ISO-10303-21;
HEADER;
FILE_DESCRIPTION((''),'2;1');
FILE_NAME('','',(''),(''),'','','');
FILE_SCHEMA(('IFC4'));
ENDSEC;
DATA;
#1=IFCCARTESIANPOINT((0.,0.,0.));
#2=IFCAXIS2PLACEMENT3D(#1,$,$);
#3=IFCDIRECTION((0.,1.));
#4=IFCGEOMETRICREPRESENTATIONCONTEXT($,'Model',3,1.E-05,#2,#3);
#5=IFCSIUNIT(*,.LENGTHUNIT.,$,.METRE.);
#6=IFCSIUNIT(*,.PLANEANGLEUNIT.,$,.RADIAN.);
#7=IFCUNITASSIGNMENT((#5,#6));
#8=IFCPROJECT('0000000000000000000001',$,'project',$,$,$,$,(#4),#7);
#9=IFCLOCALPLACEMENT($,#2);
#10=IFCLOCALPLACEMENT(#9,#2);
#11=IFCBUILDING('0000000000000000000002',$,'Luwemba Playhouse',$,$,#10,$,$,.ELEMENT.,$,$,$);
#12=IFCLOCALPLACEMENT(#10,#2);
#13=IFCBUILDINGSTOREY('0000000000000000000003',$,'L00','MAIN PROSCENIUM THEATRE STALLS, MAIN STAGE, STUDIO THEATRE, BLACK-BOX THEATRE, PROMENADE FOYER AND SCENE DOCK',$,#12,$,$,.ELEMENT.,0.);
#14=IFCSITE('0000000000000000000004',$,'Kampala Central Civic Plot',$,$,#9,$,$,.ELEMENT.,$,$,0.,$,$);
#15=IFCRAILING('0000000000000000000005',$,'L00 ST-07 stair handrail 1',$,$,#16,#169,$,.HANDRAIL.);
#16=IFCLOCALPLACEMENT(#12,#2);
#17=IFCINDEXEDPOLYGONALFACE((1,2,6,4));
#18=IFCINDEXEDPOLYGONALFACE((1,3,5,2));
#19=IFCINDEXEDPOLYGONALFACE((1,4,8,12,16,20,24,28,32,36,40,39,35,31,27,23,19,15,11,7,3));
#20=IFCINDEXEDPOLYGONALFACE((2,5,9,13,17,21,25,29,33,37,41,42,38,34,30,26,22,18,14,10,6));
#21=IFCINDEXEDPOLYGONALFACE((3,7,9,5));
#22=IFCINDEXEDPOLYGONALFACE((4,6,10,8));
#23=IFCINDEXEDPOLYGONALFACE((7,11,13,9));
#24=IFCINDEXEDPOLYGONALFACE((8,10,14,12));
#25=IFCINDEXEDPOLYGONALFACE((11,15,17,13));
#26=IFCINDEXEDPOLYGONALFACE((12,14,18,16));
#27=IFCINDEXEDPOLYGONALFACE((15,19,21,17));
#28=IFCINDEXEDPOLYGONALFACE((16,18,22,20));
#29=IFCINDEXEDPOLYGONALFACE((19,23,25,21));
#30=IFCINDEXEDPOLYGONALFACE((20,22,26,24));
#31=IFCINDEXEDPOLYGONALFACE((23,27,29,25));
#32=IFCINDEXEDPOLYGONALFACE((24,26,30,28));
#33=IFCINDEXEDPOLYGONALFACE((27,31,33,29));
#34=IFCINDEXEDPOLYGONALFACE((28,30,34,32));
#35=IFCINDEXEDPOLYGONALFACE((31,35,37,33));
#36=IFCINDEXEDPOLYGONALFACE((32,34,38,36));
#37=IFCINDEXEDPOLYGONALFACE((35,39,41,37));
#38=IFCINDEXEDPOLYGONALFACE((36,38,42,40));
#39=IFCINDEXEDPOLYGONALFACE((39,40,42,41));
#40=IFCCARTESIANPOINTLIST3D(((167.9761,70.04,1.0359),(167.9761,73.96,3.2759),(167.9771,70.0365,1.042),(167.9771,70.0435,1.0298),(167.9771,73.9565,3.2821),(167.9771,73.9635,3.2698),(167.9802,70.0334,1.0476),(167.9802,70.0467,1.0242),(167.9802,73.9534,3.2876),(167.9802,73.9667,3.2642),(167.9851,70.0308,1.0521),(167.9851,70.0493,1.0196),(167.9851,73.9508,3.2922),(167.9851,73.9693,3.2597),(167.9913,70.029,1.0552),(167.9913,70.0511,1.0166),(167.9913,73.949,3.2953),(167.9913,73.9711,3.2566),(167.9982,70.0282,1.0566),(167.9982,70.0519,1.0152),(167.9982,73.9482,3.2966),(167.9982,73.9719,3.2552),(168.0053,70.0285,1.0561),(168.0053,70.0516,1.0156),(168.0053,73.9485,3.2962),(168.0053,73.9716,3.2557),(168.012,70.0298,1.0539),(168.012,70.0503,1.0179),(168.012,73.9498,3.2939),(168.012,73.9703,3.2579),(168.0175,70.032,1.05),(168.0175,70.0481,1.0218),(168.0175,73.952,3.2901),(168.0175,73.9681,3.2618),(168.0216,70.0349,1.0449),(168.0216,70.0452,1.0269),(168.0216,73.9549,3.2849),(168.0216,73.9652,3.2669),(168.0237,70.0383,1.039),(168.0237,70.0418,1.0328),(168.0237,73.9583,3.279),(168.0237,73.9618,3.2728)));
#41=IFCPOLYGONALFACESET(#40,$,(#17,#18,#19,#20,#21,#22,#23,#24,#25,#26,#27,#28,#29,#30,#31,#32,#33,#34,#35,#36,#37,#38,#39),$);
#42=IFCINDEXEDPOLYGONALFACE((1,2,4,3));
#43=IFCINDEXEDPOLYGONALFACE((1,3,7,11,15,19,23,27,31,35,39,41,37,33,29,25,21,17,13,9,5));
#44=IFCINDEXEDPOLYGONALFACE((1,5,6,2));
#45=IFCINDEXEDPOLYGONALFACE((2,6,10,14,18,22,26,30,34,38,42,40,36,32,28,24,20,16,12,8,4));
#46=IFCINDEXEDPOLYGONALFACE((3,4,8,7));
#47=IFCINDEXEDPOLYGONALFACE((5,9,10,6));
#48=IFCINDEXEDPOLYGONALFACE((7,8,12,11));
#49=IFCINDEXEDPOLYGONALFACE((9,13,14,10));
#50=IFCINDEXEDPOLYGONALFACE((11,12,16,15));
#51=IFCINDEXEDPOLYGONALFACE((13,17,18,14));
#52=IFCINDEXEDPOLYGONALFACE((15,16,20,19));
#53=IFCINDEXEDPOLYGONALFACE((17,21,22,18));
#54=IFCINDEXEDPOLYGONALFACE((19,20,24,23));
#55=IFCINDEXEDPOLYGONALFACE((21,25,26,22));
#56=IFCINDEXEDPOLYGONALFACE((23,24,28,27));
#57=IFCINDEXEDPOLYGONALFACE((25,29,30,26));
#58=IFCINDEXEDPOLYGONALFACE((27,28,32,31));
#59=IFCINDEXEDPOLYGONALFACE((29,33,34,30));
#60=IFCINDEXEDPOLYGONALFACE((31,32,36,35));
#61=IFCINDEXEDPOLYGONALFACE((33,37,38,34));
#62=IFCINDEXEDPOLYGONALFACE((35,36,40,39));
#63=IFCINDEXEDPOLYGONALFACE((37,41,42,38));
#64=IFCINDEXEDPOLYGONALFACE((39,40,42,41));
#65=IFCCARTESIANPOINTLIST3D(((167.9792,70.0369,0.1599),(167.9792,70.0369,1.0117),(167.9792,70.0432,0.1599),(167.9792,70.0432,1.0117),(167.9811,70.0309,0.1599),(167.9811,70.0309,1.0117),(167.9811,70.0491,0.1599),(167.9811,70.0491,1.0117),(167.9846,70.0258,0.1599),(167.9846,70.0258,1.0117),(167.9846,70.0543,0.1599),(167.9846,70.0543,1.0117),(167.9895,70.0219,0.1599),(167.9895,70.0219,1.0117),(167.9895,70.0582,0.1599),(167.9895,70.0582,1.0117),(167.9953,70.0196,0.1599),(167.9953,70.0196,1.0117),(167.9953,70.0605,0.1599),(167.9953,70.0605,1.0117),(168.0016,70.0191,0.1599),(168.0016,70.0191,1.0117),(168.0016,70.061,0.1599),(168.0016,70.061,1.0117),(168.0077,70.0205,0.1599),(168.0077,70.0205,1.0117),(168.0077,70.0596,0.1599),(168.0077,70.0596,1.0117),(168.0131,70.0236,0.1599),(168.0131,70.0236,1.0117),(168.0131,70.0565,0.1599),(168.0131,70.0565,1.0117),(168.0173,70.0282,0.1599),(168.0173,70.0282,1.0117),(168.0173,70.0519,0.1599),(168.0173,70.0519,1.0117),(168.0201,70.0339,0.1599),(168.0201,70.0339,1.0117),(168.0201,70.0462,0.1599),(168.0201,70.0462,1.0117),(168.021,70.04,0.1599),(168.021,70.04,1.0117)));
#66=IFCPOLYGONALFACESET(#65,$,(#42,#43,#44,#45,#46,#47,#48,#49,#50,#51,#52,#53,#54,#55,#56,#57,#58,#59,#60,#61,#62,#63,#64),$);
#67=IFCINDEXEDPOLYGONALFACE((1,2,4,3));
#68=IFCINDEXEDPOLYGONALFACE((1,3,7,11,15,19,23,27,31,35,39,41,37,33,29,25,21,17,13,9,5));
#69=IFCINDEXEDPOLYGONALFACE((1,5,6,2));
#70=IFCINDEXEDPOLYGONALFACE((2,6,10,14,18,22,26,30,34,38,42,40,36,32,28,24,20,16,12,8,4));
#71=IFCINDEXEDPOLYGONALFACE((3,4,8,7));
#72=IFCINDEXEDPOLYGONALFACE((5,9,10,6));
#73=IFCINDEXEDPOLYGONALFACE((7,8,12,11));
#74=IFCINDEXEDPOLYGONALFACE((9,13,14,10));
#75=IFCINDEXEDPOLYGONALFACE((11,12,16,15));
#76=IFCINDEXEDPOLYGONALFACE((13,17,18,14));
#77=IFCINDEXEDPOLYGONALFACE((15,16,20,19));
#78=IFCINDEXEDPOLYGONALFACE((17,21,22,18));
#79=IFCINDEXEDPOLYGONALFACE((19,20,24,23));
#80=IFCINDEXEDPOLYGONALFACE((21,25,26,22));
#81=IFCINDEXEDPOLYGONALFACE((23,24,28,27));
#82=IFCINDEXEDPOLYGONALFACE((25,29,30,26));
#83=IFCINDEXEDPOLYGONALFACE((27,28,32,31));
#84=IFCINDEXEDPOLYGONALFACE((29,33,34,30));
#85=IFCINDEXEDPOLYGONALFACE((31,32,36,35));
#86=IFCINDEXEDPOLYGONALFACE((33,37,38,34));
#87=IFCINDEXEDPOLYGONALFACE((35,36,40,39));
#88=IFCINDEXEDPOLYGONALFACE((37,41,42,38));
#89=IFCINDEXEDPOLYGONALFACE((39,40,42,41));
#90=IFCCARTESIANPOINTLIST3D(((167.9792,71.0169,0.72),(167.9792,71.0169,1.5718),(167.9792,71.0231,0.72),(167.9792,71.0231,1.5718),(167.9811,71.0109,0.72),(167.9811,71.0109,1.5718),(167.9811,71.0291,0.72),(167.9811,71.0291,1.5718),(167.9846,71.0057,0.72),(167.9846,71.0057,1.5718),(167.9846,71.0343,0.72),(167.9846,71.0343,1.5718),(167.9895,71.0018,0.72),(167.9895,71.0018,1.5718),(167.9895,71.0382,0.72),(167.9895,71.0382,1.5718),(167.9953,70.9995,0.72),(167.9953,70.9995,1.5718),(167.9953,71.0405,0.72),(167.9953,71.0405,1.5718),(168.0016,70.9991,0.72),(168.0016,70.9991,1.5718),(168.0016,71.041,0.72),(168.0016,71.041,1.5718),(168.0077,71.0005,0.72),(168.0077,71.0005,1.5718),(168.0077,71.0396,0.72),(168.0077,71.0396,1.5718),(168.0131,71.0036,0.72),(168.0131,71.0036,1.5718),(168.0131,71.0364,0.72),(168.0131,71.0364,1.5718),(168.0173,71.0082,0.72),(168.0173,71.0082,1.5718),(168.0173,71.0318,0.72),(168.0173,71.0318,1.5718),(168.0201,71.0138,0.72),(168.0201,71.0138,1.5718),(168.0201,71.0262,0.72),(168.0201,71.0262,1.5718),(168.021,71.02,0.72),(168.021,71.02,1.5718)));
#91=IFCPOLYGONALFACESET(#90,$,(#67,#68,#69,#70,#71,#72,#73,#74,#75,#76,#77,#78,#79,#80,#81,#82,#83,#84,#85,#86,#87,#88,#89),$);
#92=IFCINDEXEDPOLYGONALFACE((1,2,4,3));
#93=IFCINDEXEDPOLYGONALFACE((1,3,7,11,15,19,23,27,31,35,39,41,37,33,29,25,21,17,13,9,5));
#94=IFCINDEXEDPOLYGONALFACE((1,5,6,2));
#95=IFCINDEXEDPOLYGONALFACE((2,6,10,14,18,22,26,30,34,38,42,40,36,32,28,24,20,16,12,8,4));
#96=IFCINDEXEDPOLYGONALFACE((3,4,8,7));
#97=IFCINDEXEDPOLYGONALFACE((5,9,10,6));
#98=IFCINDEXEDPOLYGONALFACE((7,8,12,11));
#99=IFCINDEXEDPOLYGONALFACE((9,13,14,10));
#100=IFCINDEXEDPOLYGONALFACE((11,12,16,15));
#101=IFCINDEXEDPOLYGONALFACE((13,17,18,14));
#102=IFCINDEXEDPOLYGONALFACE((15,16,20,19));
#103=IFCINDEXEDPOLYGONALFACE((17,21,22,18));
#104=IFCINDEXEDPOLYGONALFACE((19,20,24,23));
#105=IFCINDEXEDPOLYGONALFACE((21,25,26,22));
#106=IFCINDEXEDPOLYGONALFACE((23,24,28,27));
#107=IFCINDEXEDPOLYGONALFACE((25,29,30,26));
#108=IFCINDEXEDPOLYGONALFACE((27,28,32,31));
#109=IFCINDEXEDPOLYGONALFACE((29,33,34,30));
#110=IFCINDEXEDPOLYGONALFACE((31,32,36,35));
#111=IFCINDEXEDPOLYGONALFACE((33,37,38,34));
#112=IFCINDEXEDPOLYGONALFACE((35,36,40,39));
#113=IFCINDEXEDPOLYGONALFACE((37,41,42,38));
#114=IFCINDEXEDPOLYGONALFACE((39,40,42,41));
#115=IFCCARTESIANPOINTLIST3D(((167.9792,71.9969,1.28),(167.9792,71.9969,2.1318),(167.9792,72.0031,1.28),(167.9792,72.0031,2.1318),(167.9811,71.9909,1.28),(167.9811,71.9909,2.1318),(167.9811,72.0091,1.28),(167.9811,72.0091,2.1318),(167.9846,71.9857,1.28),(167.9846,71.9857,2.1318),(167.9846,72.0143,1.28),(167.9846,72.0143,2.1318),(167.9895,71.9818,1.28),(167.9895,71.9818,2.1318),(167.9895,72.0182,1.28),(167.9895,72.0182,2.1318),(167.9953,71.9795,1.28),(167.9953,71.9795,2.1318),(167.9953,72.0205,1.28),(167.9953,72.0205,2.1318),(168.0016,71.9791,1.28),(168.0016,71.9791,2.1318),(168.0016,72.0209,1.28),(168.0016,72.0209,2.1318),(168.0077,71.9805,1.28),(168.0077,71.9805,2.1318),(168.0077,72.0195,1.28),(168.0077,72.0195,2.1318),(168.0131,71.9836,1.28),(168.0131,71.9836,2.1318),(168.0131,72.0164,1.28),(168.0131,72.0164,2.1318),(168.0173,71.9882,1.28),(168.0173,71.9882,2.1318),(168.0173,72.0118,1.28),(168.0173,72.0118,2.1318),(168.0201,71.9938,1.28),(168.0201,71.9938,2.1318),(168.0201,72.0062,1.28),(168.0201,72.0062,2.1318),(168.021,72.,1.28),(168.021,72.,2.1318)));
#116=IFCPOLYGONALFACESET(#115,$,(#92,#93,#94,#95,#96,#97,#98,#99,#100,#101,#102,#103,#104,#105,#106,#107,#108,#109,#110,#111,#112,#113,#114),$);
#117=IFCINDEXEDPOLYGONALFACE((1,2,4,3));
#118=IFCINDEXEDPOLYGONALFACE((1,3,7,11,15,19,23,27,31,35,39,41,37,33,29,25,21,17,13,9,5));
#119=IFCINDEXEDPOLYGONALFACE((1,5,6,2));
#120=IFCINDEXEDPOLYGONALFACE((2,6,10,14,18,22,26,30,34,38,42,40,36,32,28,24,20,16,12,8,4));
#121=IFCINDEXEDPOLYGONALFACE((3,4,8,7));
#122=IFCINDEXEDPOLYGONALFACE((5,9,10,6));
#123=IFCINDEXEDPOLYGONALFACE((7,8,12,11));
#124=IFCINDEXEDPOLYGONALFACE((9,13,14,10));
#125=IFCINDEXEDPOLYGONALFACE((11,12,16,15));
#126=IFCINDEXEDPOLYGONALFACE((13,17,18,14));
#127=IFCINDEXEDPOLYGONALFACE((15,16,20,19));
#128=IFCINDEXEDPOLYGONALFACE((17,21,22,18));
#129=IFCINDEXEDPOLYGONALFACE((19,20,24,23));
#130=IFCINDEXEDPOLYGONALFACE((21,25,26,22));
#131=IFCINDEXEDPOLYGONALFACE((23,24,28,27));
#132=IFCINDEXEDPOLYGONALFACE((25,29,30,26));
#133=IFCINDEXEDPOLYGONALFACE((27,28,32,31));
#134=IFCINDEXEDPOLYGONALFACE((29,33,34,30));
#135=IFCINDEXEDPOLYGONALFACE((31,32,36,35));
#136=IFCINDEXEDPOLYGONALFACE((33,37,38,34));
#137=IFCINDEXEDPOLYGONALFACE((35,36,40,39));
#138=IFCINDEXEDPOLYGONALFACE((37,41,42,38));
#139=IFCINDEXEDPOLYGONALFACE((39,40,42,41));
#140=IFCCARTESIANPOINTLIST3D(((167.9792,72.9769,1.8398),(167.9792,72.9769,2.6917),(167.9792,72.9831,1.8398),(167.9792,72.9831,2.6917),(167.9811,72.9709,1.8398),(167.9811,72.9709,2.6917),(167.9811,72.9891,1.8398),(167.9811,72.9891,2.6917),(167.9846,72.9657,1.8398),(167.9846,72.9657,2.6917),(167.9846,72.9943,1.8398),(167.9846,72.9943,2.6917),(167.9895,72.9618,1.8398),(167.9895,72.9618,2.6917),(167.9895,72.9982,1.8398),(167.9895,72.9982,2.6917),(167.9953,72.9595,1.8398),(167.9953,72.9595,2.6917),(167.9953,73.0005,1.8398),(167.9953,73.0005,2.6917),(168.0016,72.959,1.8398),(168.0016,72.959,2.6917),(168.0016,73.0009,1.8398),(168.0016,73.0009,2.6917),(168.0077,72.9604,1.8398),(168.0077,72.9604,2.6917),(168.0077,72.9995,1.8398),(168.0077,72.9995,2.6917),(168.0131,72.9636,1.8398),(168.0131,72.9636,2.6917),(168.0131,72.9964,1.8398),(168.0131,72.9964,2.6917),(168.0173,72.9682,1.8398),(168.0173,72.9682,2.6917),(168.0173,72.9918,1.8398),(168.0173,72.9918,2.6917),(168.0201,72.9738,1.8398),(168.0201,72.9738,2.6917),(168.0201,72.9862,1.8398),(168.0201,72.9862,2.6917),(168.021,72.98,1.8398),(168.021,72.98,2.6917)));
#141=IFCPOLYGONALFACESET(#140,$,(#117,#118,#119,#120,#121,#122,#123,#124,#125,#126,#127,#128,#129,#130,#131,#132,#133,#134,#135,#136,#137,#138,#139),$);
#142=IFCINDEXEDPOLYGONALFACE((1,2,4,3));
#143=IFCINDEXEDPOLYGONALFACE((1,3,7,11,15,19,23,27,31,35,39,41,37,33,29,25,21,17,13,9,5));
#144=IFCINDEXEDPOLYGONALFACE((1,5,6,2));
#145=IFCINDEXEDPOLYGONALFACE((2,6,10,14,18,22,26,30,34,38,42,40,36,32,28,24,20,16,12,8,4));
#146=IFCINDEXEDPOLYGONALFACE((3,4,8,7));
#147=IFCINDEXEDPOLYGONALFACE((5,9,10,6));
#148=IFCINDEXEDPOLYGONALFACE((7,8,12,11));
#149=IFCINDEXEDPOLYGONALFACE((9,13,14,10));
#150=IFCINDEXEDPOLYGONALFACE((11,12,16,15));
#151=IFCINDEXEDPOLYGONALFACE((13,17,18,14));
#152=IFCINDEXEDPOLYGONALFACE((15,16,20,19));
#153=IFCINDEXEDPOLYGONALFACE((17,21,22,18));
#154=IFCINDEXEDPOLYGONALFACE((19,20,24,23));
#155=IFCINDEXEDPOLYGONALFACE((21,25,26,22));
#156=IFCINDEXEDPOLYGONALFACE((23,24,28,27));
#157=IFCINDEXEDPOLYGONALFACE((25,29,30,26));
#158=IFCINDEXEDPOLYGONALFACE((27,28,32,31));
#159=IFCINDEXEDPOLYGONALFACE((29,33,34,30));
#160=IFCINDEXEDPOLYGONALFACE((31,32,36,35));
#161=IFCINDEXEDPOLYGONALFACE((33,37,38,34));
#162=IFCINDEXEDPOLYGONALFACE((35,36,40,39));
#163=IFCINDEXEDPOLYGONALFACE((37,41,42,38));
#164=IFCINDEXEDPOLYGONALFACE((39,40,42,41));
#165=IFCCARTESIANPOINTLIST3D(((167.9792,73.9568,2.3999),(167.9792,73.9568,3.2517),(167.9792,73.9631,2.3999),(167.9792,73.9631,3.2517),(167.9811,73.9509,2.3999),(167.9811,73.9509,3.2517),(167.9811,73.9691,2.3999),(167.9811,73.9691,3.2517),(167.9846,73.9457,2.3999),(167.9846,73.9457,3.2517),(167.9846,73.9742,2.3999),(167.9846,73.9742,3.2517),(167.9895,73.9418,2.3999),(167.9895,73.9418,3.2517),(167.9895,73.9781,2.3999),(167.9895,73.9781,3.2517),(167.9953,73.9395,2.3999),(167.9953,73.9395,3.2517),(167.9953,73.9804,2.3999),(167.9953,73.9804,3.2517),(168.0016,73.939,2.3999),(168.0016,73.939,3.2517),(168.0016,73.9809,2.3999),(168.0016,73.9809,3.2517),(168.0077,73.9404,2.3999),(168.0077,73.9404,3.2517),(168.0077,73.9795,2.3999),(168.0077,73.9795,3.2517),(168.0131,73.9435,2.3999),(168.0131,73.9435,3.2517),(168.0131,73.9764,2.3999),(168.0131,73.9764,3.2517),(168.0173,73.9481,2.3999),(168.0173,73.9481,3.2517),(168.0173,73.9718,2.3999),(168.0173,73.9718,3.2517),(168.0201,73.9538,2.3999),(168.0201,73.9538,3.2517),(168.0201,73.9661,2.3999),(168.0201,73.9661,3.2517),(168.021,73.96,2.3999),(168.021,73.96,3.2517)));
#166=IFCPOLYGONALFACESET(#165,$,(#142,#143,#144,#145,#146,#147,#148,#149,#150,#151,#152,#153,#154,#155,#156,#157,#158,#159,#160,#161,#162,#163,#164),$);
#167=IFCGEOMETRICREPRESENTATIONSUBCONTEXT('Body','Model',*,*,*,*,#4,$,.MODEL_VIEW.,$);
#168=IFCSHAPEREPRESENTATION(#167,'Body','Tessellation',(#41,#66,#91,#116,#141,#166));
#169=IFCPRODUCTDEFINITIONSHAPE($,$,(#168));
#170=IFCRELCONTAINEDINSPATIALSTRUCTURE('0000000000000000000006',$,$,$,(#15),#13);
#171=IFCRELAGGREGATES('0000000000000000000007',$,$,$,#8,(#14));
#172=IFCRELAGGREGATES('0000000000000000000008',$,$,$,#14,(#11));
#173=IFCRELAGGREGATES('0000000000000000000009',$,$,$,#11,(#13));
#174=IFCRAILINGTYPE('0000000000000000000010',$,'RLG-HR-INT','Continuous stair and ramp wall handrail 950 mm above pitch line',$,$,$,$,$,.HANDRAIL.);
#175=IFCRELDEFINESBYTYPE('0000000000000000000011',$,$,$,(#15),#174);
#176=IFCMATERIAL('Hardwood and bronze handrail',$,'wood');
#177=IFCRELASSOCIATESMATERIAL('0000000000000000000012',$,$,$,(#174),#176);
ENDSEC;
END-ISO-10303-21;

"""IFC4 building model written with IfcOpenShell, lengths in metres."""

from ifc_helpers import new_model, si_unit, direction, frame, origin, origin_2d, place, context, subcontext, project, spatial, circle, extrude, material, type_object, element, save


model = new_model("IFC4")

# Units and contexts
model_context = context("Model", 3, precision=1e-05, world=origin(), true_north=direction((0.0, 1.0)))
body_context = subcontext(model_context, "Body", "Model", "MODEL_VIEW")
ifc_project = project(units=[si_unit("LENGTHUNIT", "METRE"), si_unit("PLANEANGLEUNIT", "RADIAN")], contexts=[model_context])

# Site, building, storey
site_placement = place(None, origin())
site = spatial("IfcSite", under=ifc_project, at=site_placement, Name="Kampala Central Civic Plot", CompositionType="ELEMENT", RefElevation=0.0)
building_placement = place(site_placement, origin())
building = spatial("IfcBuilding", under=site, at=building_placement, Name="Luwemba Playhouse", CompositionType="ELEMENT")
storey_placement = place(building_placement, origin())
storey = spatial("IfcBuildingStorey", under=building, at=storey_placement, Name="L00", Description="MAIN PROSCENIUM THEATRE STALLS, MAIN STAGE, STUDIO THEATRE, BLACK-BOX THEATRE, PROMENADE FOYER AND SCENE DOCK", CompositionType="ELEMENT", Elevation=0.0)

# Railing
ifc_material_1 = material(Name="Hardwood and bronze handrail", Category="wood")
railing_type_1 = type_object("IfcRailingType", Name="RLG-HR-INT", Description="Continuous stair and ramp wall handrail 950 mm above pitch line", PredefinedType="HANDRAIL", material=ifc_material_1)
railing_1_placement = place(storey_placement, frame((168.0, 70.04, 0.1599)))
element("IfcRailing", 1, at=railing_1_placement, inside=storey, type_object=railing_type_1, Name="L00 ST-07 stair handrail 1", PredefinedType="HANDRAIL", context=body_context, shape_type="SweptSolid", body=[
    extrude(circle(Radius=0.0239, at=origin_2d()), frame((0.0, 0.0, 0.876), z_axis=(0.0, 0.86824, 0.496145), x_axis=(-1.0, 0.0, 0.0)), (0.0, 0.0, 1.0), 4.5149),
    extrude(circle(Radius=0.021, at=origin_2d()), origin(), (0.0, 0.0, 1.0), 0.8518),
    extrude(circle(Radius=0.021, at=origin_2d()), frame((0.0, 0.98, 0.5601)), (0.0, 0.0, 1.0), 0.8518),
    extrude(circle(Radius=0.021, at=origin_2d()), frame((0.0, 1.96, 1.1201)), (0.0, 0.0, 1.0), 0.8518),
    extrude(circle(Radius=0.021, at=origin_2d()), frame((0.0, 2.9399, 1.6799)), (0.0, 0.0, 1.0), 0.8518),
    extrude(circle(Radius=0.021, at=origin_2d()), frame((0.0, 3.9199, 2.24)), (0.0, 0.0, 1.0), 0.8518),
])

save(model, "model.ifc")
